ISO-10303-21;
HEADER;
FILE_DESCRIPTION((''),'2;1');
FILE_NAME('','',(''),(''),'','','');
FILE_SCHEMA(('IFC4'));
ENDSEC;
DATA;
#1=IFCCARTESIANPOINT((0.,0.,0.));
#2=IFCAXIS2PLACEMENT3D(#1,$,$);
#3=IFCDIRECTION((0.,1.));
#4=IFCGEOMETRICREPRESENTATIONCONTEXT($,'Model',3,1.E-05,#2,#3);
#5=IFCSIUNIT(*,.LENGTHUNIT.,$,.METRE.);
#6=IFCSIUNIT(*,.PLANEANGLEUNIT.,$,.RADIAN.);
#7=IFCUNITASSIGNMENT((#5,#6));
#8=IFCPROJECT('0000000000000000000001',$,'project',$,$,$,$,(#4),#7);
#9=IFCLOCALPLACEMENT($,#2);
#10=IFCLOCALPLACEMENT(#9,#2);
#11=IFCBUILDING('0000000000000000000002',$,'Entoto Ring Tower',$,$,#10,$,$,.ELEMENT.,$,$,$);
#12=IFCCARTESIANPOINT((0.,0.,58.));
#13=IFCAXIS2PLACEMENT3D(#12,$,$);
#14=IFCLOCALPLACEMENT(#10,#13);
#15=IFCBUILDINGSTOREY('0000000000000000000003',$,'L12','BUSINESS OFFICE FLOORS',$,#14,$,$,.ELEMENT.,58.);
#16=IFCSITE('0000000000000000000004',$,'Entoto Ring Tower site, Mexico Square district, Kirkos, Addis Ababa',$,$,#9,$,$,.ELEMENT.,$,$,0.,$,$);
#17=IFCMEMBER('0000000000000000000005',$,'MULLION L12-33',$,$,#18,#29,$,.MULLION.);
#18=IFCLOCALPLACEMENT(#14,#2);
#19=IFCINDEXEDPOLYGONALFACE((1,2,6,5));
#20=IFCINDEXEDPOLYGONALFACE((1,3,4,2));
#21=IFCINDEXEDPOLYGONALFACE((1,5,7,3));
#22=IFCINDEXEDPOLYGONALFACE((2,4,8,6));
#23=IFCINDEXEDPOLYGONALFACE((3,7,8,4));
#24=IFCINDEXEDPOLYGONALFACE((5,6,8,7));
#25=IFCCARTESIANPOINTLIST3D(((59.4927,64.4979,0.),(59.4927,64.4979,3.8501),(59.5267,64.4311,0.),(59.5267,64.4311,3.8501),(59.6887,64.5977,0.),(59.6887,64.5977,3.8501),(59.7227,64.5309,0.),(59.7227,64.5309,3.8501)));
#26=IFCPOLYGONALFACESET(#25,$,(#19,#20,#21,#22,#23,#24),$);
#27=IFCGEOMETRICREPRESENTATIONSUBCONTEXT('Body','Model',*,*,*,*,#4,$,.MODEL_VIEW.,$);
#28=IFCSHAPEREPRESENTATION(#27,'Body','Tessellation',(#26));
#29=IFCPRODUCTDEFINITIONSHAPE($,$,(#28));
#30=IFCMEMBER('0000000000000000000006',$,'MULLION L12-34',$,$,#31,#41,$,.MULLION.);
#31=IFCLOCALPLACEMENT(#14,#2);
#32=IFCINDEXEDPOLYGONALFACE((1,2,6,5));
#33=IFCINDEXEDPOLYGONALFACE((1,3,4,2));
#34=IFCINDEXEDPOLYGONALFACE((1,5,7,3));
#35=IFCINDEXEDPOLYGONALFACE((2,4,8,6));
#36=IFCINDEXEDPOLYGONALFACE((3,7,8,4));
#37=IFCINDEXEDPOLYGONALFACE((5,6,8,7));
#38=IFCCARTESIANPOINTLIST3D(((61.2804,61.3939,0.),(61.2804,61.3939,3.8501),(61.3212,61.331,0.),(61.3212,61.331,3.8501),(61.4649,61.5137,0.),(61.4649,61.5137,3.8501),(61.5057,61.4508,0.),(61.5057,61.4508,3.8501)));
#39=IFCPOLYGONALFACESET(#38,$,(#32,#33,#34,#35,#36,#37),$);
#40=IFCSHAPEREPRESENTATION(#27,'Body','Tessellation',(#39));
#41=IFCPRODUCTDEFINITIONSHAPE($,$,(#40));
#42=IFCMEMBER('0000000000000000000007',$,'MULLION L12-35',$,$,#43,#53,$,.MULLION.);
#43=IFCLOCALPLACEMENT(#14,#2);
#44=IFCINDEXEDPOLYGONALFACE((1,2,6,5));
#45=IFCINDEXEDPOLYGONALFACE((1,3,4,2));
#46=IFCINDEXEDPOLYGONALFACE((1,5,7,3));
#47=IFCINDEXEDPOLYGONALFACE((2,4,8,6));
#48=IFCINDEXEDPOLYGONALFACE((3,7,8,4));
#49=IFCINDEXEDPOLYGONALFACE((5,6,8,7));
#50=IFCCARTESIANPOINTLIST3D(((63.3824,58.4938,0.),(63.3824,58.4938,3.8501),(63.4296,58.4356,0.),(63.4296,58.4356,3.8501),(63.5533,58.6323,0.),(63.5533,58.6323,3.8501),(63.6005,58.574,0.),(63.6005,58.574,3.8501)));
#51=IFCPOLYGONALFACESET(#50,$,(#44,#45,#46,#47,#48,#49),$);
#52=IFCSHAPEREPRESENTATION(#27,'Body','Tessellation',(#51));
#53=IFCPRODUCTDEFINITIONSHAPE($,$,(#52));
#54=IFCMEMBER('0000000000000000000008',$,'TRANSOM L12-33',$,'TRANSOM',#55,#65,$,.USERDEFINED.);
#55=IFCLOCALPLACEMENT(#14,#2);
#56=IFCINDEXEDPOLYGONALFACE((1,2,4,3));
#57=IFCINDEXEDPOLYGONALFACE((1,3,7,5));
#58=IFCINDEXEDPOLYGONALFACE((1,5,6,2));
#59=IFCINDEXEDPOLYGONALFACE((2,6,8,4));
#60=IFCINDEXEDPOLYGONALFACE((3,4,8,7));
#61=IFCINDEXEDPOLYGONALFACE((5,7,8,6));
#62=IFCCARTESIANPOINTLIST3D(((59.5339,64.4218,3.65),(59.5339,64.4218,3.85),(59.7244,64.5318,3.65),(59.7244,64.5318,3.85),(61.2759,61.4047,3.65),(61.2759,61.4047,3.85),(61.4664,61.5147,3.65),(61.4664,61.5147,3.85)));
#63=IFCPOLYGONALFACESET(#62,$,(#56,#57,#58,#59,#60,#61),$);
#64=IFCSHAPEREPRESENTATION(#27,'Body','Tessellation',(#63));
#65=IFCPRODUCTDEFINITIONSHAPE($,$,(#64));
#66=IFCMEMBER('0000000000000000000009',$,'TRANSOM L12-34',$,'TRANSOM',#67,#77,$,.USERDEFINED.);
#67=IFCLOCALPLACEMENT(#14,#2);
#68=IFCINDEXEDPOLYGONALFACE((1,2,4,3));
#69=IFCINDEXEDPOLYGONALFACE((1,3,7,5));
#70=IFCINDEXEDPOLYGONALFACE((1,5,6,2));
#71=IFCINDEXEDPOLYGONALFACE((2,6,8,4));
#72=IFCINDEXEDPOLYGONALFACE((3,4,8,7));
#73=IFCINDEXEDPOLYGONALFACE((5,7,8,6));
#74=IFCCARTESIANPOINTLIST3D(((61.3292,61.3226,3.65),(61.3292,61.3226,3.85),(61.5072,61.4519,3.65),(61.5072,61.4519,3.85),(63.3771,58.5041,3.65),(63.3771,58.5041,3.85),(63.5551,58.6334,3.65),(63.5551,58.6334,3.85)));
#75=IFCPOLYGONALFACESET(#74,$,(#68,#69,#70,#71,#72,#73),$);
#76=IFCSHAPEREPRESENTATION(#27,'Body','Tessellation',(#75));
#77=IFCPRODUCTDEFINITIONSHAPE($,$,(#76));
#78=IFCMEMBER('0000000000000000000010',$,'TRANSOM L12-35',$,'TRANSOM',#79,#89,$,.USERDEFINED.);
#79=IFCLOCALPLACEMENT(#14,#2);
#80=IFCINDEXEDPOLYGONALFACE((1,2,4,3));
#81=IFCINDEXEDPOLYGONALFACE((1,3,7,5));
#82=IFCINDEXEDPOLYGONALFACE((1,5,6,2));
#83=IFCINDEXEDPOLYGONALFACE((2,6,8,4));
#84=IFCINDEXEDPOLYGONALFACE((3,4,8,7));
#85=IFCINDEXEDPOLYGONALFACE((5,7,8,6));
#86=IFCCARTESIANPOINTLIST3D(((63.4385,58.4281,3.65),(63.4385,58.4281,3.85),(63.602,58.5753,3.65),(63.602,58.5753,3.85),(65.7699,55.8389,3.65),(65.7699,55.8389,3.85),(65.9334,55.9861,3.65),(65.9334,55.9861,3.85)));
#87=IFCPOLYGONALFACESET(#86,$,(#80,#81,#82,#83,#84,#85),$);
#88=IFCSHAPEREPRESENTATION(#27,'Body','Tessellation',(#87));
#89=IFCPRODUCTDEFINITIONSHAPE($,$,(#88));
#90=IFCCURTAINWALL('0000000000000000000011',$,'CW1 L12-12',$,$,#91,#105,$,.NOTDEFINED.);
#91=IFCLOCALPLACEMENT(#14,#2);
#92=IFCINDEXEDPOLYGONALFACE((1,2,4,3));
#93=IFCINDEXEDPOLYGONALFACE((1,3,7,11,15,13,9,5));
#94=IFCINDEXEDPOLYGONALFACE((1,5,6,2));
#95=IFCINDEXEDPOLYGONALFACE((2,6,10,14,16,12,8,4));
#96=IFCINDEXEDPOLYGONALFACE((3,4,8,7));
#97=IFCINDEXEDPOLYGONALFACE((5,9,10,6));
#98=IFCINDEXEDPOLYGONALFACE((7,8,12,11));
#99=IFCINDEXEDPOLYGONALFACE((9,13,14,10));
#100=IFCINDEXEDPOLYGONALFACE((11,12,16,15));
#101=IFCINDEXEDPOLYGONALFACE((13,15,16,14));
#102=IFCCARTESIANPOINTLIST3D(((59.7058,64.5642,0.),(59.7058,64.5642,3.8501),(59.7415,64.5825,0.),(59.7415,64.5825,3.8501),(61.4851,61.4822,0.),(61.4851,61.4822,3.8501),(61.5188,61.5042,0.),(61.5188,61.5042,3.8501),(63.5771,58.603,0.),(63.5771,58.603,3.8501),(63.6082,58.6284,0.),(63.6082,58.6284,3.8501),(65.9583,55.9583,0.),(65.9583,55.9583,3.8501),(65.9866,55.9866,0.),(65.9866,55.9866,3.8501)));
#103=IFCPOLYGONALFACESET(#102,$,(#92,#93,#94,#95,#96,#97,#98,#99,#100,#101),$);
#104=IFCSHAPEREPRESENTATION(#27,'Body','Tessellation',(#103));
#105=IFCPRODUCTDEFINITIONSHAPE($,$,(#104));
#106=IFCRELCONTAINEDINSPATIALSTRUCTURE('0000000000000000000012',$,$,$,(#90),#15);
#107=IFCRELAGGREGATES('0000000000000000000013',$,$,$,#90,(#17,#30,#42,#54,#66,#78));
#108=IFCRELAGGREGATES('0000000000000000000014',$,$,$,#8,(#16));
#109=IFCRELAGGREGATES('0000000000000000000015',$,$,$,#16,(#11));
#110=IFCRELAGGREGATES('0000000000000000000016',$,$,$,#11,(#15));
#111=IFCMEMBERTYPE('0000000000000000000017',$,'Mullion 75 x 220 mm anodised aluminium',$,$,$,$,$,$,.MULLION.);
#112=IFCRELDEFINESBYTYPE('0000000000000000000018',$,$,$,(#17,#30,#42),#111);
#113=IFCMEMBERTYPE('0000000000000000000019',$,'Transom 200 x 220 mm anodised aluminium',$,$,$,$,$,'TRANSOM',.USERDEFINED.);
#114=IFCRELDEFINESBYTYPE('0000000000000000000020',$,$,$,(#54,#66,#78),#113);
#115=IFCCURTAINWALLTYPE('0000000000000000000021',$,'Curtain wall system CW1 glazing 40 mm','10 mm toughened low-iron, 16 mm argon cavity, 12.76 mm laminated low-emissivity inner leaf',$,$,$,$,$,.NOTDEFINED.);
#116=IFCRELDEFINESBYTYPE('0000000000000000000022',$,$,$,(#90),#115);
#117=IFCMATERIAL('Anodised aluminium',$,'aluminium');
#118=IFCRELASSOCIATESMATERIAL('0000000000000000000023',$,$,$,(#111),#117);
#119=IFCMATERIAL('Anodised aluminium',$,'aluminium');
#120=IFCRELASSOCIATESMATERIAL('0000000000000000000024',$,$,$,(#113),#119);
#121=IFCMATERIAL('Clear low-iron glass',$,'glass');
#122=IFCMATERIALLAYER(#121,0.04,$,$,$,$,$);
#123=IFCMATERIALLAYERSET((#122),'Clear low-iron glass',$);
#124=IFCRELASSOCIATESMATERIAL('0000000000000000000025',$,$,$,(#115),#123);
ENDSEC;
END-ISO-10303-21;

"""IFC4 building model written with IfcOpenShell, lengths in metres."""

from ifc_helpers import new_model, si_unit, direction, frame, origin, origin_2d, place, context, subcontext, project, spatial, polyline, rectangle, outline, extrude, material, layer, layer_set, material_profile, profile_set, type_object, element, aggregate, save


model = new_model("IFC4")

# Units and contexts
model_context = context("Model", 3, precision=1e-05, world=origin(), true_north=direction((0.0, 1.0)))
body_context = subcontext(model_context, "Body", "Model", "MODEL_VIEW")
ifc_project = project(units=[si_unit("LENGTHUNIT", "METRE"), si_unit("PLANEANGLEUNIT", "RADIAN")], contexts=[model_context])

# Members
ifc_material_1 = material(Name="Anodised aluminium", Category="aluminium")
ifc_material_profile_1 = material_profile(ifc_material_1, rectangle(XDim=0.075, YDim=0.22, at=origin_2d()), Name="Mullion 75 x 220 mm anodised aluminium")
ifc_profile_set_1 = profile_set([ifc_material_profile_1], Name="Anodised aluminium")
member_type_1 = type_object("IfcMemberType", Name="Mullion 75 x 220 mm anodised aluminium", PredefinedType="MULLION", material=ifc_profile_set_1)
site_placement = place(None, origin())
building_placement = place(site_placement, origin())
storey_placement = place(building_placement, frame((0.0, 0.0, 58.0)))
member_1_placement = place(storey_placement, frame((59.6077, 64.5144, 0.0), z_axis=(0.0, 0.0, 1.0), x_axis=(0.45399, -0.891007, 0.0)))
member_1 = element("IfcMember", 1, at=member_1_placement, type_object=member_type_1, Name="MULLION L12-33", PredefinedType="MULLION", context=body_context, shape_type="SweptSolid", body=[
    extrude(rectangle(XDim=0.075, YDim=0.22, at=origin_2d()), origin(), (0.0, 0.0, 1.0), 3.8501),
])
member_2_placement = place(storey_placement, frame((61.3931, 61.4224, 0.0), z_axis=(0.0, 0.0, 1.0), x_axis=(0.544639, -0.838671, 0.0)))
member_2 = element("IfcMember", 2, at=member_2_placement, type_object=member_type_1, Name="MULLION L12-34", PredefinedType="MULLION", context=body_context, shape_type="SweptSolid", body=[
    extrude(rectangle(XDim=0.075, YDim=0.22, at=origin_2d()), origin(), (0.0, 0.0, 1.0), 3.8501),
])
member_3_placement = place(storey_placement, frame((63.4915, 58.5339, 0.0), z_axis=(0.0, 0.0, 1.0), x_axis=(0.62932, -0.777146, 0.0)))
member_3 = element("IfcMember", 3, at=member_3_placement, type_object=member_type_1, Name="MULLION L12-35", PredefinedType="MULLION", context=body_context, shape_type="SweptSolid", body=[
    extrude(rectangle(XDim=0.075, YDim=0.22, at=origin_2d()), origin(), (0.0, 0.0, 1.0), 3.8501),
])
ifc_material_2 = material(Name="Anodised aluminium", Category="aluminium")
ifc_material_profile_2 = material_profile(ifc_material_2, rectangle(XDim=0.22, YDim=0.2, at=origin_2d()), Name="Transom 200 x 220 mm anodised aluminium")
ifc_profile_set_2 = profile_set([ifc_material_profile_2], Name="Anodised aluminium")
member_type_2 = type_object("IfcMemberType", Name="Transom 200 x 220 mm anodised aluminium", ElementType="TRANSOM", PredefinedType="USERDEFINED", material=ifc_profile_set_2)
member_4_placement = place(storey_placement, frame((59.6292, 64.4768, 3.75), z_axis=(0.500006, -0.866022, 0.0), x_axis=(0.866022, 0.500006, 0.0)))
member_4 = element("IfcMember", 4, at=member_4_placement, type_object=member_type_2, Name="TRANSOM L12-33", ObjectType="TRANSOM", PredefinedType="USERDEFINED", context=body_context, shape_type="SweptSolid", body=[
    extrude(rectangle(XDim=0.22, YDim=0.2, at=origin_2d()), origin(), (0.0, 0.0, 1.0), 3.4839),
])
member_5_placement = place(storey_placement, frame((61.4182, 61.3872, 3.75), z_axis=(0.587822, -0.808991, 0.0), x_axis=(0.808991, 0.587822, 0.0)))
member_5 = element("IfcMember", 5, at=member_5_placement, type_object=member_type_2, Name="TRANSOM L12-34", ObjectType="TRANSOM", PredefinedType="USERDEFINED", context=body_context, shape_type="SweptSolid", body=[
    extrude(rectangle(XDim=0.22, YDim=0.2, at=origin_2d()), origin(), (0.0, 0.0, 1.0), 3.4839),
])
member_6_placement = place(storey_placement, frame((63.5203, 58.5017, 3.75), z_axis=(0.669139, -0.743137, 0.0), x_axis=(0.743137, 0.669139, 0.0)))
member_6 = element("IfcMember", 6, at=member_6_placement, type_object=member_type_2, Name="TRANSOM L12-35", ObjectType="TRANSOM", PredefinedType="USERDEFINED", context=body_context, shape_type="SweptSolid", body=[
    extrude(rectangle(XDim=0.22, YDim=0.2, at=origin_2d()), origin(), (0.0, 0.0, 1.0), 3.4841),
])

# Site, building, storey
site = spatial("IfcSite", under=ifc_project, at=site_placement, Name="Entoto Ring Tower site, Mexico Square district, Kirkos, Addis Ababa", CompositionType="ELEMENT", RefElevation=0.0)
building = spatial("IfcBuilding", under=site, at=building_placement, Name="Entoto Ring Tower", CompositionType="ELEMENT")
storey = spatial("IfcBuildingStorey", under=building, at=storey_placement, Name="L12", Description="BUSINESS OFFICE FLOORS", CompositionType="ELEMENT", Elevation=58.0)

# Curtain wall
ifc_material_3 = material(Name="Clear low-iron glass", Category="glass")
ifc_layer = layer(ifc_material_3, 0.04)
ifc_layer_set = layer_set([ifc_layer], Name="Clear low-iron glass")
curtain_wall_type = type_object("IfcCurtainWallType", Name="Curtain wall system CW1 glazing 40 mm", Description="10 mm toughened low-iron, 16 mm argon cavity, 12.76 mm laminated low-emissivity inner leaf", PredefinedType="NOTDEFINED", material=ifc_layer_set)
curtain_wall_1_placement = place(storey_placement, origin())
curtain_wall_1 = element("IfcCurtainWall", 7, at=curtain_wall_1_placement, inside=storey, type_object=curtain_wall_type, Name="CW1 L12-12", PredefinedType="NOTDEFINED", context=body_context, shape_type="SweptSolid", body=[
    extrude(outline(polyline([(59.7058, 64.5642), (61.4851, 61.4822), (63.5771, 58.603), (65.9583, 55.9583), (65.9866, 55.9866), (63.6082, 58.6284), (61.5188, 61.5042), (59.7415, 64.5825), (59.7058, 64.5642)])), origin(), (0.0, 0.0, 1.0), 3.8501),
])
aggregate(curtain_wall_1, [member_1, member_2, member_3, member_4, member_5, member_6])

save(model, "model.ifc")
